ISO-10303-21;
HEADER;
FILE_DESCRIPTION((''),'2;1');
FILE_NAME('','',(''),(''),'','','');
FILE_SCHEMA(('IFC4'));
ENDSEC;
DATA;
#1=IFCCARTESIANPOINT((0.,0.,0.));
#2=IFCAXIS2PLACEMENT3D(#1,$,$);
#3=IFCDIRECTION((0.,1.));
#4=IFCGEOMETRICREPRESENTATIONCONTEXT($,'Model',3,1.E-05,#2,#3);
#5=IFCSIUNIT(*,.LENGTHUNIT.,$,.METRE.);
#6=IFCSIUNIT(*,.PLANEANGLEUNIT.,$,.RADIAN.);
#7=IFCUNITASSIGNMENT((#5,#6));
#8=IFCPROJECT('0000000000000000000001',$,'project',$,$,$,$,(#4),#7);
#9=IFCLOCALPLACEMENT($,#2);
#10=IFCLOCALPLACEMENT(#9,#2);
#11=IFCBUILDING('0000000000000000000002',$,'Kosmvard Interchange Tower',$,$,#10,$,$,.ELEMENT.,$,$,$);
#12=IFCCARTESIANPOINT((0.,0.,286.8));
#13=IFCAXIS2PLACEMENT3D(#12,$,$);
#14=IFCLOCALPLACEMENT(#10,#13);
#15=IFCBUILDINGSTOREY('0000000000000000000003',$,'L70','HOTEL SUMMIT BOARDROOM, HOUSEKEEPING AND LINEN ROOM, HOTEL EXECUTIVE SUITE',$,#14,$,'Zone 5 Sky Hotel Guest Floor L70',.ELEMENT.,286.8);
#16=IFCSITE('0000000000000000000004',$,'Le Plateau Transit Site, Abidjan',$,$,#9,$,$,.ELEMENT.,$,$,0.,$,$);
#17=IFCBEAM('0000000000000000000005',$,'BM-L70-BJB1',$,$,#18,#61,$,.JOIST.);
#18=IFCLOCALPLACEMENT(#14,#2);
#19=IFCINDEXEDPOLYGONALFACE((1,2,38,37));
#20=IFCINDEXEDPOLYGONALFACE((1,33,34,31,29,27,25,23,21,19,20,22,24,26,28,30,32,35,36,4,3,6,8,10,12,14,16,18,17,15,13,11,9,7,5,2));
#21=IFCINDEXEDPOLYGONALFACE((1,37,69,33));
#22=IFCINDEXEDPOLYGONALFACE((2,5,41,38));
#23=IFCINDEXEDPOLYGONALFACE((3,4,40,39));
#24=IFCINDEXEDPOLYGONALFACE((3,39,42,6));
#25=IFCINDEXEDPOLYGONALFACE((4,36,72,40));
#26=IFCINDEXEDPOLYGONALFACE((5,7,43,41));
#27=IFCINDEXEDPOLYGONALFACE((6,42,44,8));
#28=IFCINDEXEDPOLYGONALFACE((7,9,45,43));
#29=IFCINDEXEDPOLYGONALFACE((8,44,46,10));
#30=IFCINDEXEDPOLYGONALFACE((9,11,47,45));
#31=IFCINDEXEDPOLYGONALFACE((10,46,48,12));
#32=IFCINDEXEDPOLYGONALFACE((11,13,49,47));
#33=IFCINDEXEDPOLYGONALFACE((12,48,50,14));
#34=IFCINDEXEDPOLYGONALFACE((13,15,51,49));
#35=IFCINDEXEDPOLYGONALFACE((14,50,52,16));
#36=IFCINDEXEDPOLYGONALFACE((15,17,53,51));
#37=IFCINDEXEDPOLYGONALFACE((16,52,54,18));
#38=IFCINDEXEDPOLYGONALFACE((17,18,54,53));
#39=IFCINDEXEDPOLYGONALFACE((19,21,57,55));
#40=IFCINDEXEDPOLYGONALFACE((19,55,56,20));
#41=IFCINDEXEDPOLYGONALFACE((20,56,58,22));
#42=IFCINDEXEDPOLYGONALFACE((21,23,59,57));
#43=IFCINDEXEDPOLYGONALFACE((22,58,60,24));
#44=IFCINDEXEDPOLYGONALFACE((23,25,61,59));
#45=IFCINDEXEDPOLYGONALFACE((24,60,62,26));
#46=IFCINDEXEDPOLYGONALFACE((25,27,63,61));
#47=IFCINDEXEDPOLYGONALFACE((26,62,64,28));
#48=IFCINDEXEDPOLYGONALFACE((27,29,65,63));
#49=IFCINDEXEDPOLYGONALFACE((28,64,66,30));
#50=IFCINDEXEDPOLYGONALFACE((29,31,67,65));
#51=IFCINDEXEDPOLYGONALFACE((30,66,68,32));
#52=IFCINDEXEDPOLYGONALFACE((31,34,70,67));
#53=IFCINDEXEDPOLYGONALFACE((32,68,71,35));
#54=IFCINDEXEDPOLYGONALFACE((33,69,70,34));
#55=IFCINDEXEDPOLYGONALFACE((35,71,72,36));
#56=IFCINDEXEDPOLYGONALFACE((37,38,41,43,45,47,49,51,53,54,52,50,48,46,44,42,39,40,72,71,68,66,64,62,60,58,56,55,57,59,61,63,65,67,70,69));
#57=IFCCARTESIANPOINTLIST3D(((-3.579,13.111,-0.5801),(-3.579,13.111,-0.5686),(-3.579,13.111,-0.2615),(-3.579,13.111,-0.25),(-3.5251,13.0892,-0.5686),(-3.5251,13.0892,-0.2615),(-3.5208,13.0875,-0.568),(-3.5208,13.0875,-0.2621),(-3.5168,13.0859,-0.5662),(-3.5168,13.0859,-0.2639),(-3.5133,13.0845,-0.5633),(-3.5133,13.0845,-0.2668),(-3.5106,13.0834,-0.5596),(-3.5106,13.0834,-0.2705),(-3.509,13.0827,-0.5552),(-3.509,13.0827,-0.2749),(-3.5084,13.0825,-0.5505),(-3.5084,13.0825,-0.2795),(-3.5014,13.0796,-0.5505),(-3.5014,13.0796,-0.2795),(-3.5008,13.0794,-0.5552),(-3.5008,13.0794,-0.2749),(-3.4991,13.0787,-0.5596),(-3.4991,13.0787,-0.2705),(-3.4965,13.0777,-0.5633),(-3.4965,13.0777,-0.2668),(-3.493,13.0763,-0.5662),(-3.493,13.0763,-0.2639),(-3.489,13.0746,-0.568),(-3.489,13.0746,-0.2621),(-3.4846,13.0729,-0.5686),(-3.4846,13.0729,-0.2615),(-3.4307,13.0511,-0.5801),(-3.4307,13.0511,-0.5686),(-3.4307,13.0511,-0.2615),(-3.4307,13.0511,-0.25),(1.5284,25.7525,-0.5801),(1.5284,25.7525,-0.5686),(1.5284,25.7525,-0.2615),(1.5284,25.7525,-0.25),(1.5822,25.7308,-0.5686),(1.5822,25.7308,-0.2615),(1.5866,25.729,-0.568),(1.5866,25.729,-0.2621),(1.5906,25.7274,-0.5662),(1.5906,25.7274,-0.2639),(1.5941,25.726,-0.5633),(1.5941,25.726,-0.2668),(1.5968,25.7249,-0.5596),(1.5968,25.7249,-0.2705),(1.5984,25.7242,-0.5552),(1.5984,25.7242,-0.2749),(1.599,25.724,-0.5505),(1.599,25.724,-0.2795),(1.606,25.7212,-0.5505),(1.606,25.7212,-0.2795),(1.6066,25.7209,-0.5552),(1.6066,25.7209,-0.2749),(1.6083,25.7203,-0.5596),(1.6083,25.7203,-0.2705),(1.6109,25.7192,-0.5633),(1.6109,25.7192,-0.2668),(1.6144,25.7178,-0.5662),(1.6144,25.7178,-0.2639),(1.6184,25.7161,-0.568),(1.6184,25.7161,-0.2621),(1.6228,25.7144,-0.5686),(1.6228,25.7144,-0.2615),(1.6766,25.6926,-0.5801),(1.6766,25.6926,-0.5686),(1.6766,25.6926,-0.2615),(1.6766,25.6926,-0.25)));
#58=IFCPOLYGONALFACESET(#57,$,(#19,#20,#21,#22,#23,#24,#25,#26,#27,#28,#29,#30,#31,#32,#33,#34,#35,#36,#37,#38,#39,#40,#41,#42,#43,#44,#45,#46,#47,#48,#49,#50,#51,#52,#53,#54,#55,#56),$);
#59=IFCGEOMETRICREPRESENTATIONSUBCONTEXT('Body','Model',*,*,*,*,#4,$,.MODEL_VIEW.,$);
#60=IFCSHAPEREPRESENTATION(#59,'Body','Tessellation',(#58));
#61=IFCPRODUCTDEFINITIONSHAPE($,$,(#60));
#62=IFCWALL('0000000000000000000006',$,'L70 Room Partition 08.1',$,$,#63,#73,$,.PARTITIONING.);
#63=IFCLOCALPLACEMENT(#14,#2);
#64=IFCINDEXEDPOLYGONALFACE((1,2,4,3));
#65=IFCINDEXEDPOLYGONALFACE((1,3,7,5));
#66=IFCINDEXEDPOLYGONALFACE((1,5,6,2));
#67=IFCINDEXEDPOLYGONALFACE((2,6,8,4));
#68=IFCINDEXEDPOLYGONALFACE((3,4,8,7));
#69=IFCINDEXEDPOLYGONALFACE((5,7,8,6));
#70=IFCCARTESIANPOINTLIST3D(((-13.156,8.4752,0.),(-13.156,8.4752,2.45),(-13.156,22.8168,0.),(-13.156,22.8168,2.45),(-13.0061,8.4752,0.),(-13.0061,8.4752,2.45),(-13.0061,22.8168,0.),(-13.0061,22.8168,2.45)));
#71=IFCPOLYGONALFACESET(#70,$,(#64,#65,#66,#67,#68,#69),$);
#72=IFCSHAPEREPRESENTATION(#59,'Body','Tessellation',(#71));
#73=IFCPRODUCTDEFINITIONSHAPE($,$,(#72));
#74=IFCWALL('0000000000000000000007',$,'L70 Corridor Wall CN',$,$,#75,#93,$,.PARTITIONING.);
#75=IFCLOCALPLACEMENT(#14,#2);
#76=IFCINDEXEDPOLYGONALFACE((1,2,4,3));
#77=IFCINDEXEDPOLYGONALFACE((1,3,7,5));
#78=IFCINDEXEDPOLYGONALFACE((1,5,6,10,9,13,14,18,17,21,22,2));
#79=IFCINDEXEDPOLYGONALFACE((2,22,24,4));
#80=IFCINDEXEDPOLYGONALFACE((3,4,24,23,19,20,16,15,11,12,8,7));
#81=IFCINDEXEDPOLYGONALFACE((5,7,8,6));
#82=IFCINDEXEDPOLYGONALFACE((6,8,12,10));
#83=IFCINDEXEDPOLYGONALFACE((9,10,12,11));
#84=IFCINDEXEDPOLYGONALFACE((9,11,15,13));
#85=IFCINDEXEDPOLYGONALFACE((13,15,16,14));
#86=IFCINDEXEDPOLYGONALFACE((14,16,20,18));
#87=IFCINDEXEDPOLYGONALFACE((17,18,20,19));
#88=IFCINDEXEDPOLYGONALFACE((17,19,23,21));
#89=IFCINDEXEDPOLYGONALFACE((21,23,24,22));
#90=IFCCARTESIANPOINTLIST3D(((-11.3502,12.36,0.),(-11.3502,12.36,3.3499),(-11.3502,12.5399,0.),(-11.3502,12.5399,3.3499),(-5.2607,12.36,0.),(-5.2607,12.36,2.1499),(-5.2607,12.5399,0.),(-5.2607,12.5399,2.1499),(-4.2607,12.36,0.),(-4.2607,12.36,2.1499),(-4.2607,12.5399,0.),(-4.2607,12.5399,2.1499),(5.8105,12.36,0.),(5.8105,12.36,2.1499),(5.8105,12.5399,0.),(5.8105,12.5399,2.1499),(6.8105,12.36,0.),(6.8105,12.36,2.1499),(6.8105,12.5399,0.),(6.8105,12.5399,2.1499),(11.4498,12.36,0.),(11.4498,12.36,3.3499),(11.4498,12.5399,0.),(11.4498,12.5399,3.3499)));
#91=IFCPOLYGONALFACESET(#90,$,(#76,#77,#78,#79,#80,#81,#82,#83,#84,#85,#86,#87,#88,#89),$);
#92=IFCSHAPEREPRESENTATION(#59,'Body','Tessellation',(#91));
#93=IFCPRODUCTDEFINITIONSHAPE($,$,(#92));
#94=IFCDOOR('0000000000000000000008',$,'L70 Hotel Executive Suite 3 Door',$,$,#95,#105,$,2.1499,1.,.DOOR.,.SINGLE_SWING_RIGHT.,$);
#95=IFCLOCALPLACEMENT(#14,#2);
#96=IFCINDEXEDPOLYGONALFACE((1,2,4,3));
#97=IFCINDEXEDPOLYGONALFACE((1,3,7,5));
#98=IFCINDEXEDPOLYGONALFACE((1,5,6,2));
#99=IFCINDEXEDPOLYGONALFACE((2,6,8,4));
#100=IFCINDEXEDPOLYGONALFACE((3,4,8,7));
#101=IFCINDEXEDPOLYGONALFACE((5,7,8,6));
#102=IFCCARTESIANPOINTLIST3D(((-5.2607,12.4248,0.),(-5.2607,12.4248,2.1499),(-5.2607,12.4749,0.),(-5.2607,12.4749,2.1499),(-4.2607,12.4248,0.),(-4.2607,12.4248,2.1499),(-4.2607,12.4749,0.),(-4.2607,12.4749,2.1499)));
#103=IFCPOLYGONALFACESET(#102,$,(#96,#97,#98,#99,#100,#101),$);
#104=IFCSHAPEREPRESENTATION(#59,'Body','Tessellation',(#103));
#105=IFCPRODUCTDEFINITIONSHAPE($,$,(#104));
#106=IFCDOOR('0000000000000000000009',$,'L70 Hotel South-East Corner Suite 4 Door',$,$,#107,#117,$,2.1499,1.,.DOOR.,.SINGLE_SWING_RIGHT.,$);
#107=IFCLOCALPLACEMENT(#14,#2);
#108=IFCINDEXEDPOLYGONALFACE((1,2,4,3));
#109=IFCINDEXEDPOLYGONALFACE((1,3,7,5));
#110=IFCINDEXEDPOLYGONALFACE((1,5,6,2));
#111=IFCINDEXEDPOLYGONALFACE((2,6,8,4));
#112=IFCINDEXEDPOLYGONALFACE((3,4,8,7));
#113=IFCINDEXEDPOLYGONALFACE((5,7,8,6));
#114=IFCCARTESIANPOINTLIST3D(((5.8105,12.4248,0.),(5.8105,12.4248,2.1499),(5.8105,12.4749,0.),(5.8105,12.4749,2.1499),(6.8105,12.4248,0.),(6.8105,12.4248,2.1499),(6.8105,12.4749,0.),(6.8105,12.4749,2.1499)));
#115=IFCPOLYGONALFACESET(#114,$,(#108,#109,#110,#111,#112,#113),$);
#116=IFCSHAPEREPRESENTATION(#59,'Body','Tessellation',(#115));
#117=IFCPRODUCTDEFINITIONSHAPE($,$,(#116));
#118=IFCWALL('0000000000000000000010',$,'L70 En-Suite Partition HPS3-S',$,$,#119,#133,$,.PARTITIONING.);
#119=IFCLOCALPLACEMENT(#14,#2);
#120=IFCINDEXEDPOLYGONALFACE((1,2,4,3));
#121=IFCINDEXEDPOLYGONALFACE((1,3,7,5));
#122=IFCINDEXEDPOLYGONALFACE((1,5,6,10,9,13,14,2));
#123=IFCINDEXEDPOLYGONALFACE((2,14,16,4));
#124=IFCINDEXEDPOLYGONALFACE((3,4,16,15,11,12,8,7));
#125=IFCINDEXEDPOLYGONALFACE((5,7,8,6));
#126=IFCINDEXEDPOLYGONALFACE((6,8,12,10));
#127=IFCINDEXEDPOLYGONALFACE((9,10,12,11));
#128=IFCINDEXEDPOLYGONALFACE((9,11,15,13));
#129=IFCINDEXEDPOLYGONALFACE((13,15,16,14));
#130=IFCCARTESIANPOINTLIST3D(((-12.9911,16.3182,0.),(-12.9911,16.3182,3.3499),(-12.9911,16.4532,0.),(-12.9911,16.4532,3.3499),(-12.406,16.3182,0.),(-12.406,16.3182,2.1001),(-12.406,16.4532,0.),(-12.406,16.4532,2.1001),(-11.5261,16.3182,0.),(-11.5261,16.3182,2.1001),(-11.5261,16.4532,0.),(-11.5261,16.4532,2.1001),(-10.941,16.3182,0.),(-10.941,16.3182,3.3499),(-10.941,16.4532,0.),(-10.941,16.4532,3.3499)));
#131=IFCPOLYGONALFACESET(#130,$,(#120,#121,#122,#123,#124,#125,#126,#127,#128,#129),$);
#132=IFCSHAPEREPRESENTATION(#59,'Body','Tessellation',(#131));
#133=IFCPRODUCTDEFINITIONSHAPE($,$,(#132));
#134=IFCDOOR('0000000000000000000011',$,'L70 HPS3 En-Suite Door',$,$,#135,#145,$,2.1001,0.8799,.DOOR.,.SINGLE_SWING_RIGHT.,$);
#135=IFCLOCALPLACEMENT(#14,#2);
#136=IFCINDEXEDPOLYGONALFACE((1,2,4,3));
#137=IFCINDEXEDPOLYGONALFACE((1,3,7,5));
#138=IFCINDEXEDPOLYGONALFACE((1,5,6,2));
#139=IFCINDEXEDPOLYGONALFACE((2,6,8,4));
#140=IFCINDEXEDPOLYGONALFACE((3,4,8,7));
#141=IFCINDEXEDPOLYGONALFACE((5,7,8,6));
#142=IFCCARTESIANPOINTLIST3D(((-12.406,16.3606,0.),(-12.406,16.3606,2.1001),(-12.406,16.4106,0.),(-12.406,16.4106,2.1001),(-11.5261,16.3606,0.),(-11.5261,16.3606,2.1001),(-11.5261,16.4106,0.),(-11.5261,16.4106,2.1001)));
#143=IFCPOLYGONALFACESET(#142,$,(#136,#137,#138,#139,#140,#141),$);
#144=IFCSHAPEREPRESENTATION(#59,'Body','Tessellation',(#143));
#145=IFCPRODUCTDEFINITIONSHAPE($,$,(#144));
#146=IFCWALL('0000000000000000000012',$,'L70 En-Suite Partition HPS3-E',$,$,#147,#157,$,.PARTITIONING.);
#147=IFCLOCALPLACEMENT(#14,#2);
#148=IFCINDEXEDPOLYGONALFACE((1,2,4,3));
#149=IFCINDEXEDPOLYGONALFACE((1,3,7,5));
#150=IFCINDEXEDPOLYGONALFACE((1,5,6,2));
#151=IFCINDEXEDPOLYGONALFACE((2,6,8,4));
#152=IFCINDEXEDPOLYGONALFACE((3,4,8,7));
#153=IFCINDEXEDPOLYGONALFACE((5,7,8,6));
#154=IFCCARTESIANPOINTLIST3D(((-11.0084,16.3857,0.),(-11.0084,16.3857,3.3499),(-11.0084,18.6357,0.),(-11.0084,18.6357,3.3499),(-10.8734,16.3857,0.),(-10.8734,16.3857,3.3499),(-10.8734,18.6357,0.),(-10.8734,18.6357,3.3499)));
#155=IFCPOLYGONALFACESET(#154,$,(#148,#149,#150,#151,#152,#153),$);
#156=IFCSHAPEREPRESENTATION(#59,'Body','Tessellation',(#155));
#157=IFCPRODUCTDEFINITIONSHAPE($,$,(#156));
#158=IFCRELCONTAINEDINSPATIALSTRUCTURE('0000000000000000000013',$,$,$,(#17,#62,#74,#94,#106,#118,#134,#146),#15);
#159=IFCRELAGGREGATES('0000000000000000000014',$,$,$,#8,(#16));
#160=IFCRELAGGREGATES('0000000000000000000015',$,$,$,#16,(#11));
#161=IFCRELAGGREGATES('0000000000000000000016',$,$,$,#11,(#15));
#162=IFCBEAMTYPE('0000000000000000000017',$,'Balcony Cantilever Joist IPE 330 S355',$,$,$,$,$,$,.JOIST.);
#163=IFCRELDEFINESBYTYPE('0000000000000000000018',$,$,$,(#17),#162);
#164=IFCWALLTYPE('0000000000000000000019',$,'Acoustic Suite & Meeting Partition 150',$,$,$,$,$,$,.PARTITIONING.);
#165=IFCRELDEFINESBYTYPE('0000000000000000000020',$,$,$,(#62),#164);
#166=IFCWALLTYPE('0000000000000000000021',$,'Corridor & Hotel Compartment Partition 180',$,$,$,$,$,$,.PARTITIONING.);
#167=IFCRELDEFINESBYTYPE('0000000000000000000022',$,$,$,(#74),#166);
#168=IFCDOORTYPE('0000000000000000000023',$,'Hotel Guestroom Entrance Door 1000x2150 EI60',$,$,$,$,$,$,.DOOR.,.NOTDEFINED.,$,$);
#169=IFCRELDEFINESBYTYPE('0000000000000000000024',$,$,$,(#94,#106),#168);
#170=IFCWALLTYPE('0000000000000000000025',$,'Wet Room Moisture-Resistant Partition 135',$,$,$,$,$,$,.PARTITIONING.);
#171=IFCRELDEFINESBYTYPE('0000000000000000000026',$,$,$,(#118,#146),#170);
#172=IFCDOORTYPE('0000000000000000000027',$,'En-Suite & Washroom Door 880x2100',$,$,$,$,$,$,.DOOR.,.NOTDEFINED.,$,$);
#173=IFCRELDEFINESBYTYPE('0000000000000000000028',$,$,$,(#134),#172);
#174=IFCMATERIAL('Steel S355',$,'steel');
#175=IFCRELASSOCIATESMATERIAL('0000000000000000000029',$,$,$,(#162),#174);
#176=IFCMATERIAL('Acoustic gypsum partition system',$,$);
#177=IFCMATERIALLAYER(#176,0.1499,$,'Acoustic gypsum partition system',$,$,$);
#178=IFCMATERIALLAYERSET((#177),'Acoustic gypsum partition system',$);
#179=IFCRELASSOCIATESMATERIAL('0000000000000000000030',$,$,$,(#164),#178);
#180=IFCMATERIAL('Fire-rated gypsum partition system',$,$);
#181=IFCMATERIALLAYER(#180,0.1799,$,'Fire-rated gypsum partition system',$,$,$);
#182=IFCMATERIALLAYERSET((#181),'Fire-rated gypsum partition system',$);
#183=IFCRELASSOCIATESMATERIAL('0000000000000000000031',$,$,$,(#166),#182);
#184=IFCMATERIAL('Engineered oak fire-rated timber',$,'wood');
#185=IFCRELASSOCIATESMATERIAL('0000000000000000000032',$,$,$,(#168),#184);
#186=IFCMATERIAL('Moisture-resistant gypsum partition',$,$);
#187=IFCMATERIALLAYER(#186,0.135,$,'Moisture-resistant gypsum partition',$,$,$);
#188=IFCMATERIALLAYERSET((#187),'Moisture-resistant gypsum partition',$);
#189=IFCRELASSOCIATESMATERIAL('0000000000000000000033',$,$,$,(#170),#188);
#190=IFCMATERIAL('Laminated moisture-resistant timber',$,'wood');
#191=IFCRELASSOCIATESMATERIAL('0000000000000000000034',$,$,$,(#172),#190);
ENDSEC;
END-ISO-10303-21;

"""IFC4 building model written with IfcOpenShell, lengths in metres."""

from ifc_helpers import new_model, si_unit, direction, frame, frame_2d, origin, origin_2d, place, context, subcontext, project, spatial, rectangle, i_section, extrude, source, transform, mapped, material, layer, layer_set, material_profile, profile_set, type_object, element, fill, save


model = new_model("IFC4")

# Units and contexts
model_context = context("Model", 3, precision=1e-05, world=origin(), true_north=direction((0.0, 1.0)))
body_context = subcontext(model_context, "Body", "Model", "MODEL_VIEW")
ifc_project = project(units=[si_unit("LENGTHUNIT", "METRE"), si_unit("PLANEANGLEUNIT", "RADIAN")], contexts=[model_context])

# Site, building, storey
site_placement = place(None, origin())
site = spatial("IfcSite", under=ifc_project, at=site_placement, Name="Le Plateau Transit Site, Abidjan", CompositionType="ELEMENT", RefElevation=0.0)
building_placement = place(site_placement, origin())
building = spatial("IfcBuilding", under=site, at=building_placement, Name="Kosmvard Interchange Tower", CompositionType="ELEMENT")
storey_placement = place(building_placement, frame((0.0, 0.0, 286.8)))
storey = spatial("IfcBuildingStorey", under=building, at=storey_placement, Name="L70", Description="HOTEL SUMMIT BOARDROOM, HOUSEKEEPING AND LINEN ROOM, HOTEL EXECUTIVE SUITE", LongName="Zone 5 Sky Hotel Guest Floor L70", CompositionType="ELEMENT", Elevation=286.8)

# Beam
ifc_material_1 = material(Name="Steel S355", Category="steel")
ifc_material_profile_1 = material_profile(ifc_material_1, i_section(OverallWidth=0.1599, OverallDepth=0.3301, WebThickness=0.0076, FlangeThickness=0.0115, FilletRadius=0.0181, at=origin_2d()), Name="IPE 330")
ifc_profile_set_1 = profile_set([ifc_material_profile_1], Name="Steel S355")
beam_type_1 = type_object("IfcBeamType", Name="Balcony Cantilever Joist IPE 330 S355", PredefinedType="JOIST", material=ifc_profile_set_1)
shared_shape_1 = source(origin(), body_context, "Body", "SweptSolid", [
    extrude(i_section(OverallWidth=0.1599, OverallDepth=0.3301, WebThickness=0.0076, FlangeThickness=0.0115, FilletRadius=0.0181, at=origin_2d()), origin(), (0.0, 0.0, 1.0), 13.6343),
])
beam_1_placement = place(storey_placement, frame((-3.5049, 13.0811, -0.415), z_axis=(0.374599, 0.927187, 0.0), x_axis=(-0.927187, 0.374599, 0.0)))
element("IfcBeam", 1, at=beam_1_placement, inside=storey, type_object=beam_type_1, Name="BM-L70-BJB1", PredefinedType="JOIST", context=body_context, shape_type="MappedRepresentation", body=[
    mapped(shared_shape_1, transform((0.0, 0.0, 0.0), scale=1.0)),
])

# Wall
ifc_material_2 = material(Name="Acoustic gypsum partition system")
ifc_layer_1 = layer(ifc_material_2, 0.1499, Name="Acoustic gypsum partition system")
ifc_layer_set_1 = layer_set([ifc_layer_1], Name="Acoustic gypsum partition system")
wall_type_1 = type_object("IfcWallType", Name="Acoustic Suite & Meeting Partition 150", PredefinedType="PARTITIONING", material=ifc_layer_set_1)
wall_1_placement = place(storey_placement, frame((-13.0811, 8.4751, 0.0), z_axis=(0.0, 0.0, 1.0), x_axis=(0.0, 1.0, 0.0)))
element("IfcWall", 2, at=wall_1_placement, inside=storey, type_object=wall_type_1, Name="L70 Room Partition 08.1", PredefinedType="PARTITIONING", context=body_context, shape_type="SweptSolid", body=[
    extrude(rectangle(XDim=14.3416, YDim=0.1499, at=frame_2d((7.1709, 0.0))), origin(), (0.0, 0.0, 1.0), 2.45),
])

# Wall, openings, doors
ifc_material_3 = material(Name="Fire-rated gypsum partition system")
ifc_layer_2 = layer(ifc_material_3, 0.1799, Name="Fire-rated gypsum partition system")
ifc_layer_set_2 = layer_set([ifc_layer_2], Name="Fire-rated gypsum partition system")
wall_type_2 = type_object("IfcWallType", Name="Corridor & Hotel Compartment Partition 180", PredefinedType="PARTITIONING", material=ifc_layer_set_2)
wall_2_placement = place(storey_placement, frame((-11.3501, 12.45, 0.0), z_axis=(0.0, 0.0, 1.0), x_axis=(1.0, 0.0, 0.0)))
wall_2 = element("IfcWall", 3, at=wall_2_placement, inside=storey, type_object=wall_type_2, Name="L70 Corridor Wall CN", PredefinedType="PARTITIONING", context=body_context, shape_type="SweptSolid", body=[
    extrude(rectangle(XDim=22.8, YDim=0.1799, at=frame_2d((11.3999, 0.0))), origin(), (0.0, 0.0, 1.0), 3.3499),
])
opening_1_placement = place(wall_2_placement, frame((6.0894, 0.0, 0.0)))
opening_1 = element("IfcOpeningElement", 4, at=opening_1_placement, cuts=wall_2, PredefinedType="OPENING", context=body_context, shape_type="SweptSolid", body=[
    extrude(rectangle(XDim=1.0, YDim=2.1499, at=frame_2d((0.5, 1.075))), frame((0.0, 0.1001, 0.0), z_axis=(0.0, -1.0, 0.0), x_axis=(1.0, 0.0, 0.0)), (0.0, 0.0, 1.0), 0.2),
])
opening_2_placement = place(wall_2_placement, frame((17.1606, 0.0, 0.0)))
opening_2 = element("IfcOpeningElement", 5, at=opening_2_placement, cuts=wall_2, PredefinedType="OPENING", context=body_context, shape_type="SweptSolid", body=[
    extrude(rectangle(XDim=1.0, YDim=2.1499, at=frame_2d((0.5, 1.075))), frame((0.0, 0.1001, 0.0), z_axis=(0.0, -1.0, 0.0), x_axis=(1.0, 0.0, 0.0)), (0.0, 0.0, 1.0), 0.2),
])
ifc_material_4 = material(Name="Engineered oak fire-rated timber", Category="wood")
door_type_1 = type_object("IfcDoorType", Name="Hotel Guestroom Entrance Door 1000x2150 EI60", OperationType="NOTDEFINED", PredefinedType="DOOR", material=ifc_material_4)
shared_shape_2 = source(origin(), body_context, "Body", "SweptSolid", [
    extrude(rectangle(XDim=1.0, YDim=2.1499, at=frame_2d((0.5, 1.075))), frame((0.0, 0.0249, 0.0), z_axis=(0.0, -1.0, 0.0), x_axis=(1.0, 0.0, 0.0)), (0.0, 0.0, 1.0), 0.05),
])
door_1_placement = place(opening_1_placement, origin())
door_1 = element("IfcDoor", 6, at=door_1_placement, inside=storey, type_object=door_type_1, Name="L70 Hotel Executive Suite 3 Door", OperationType="SINGLE_SWING_RIGHT", OverallHeight=2.1499, OverallWidth=1.0, PredefinedType="DOOR", context=body_context, shape_type="MappedRepresentation", body=[
    mapped(shared_shape_2, transform((0.0, 0.0, 0.0), scale=1.0)),
])
fill(opening_1, door_1)
door_2_placement = place(opening_2_placement, origin())
door_2 = element("IfcDoor", 7, at=door_2_placement, inside=storey, type_object=door_type_1, Name="L70 Hotel South-East Corner Suite 4 Door", OperationType="SINGLE_SWING_RIGHT", OverallHeight=2.1499, OverallWidth=1.0, PredefinedType="DOOR", context=body_context, shape_type="MappedRepresentation", body=[
    mapped(shared_shape_2, transform((0.0, 0.0, 0.0), scale=1.0)),
])
fill(opening_2, door_2)

# Wall, opening, door
ifc_material_5 = material(Name="Moisture-resistant gypsum partition")
ifc_layer_3 = layer(ifc_material_5, 0.135, Name="Moisture-resistant gypsum partition")
ifc_layer_set_3 = layer_set([ifc_layer_3], Name="Moisture-resistant gypsum partition")
wall_type_3 = type_object("IfcWallType", Name="Wet Room Moisture-Resistant Partition 135", PredefinedType="PARTITIONING", material=ifc_layer_set_3)
wall_3_placement = place(storey_placement, frame((-12.991, 16.3857, 0.0), z_axis=(0.0, 0.0, 1.0), x_axis=(1.0, 0.0, 0.0)))
wall_3 = element("IfcWall", 8, at=wall_3_placement, inside=storey, type_object=wall_type_3, Name="L70 En-Suite Partition HPS3-S", PredefinedType="PARTITIONING", context=body_context, shape_type="SweptSolid", body=[
    extrude(rectangle(XDim=2.05, YDim=0.135, at=frame_2d((1.0249, 0.0))), origin(), (0.0, 0.0, 1.0), 3.3499),
])
opening_3_placement = place(wall_3_placement, frame((0.585, 0.0, 0.0)))
opening_3 = element("IfcOpeningElement", 9, at=opening_3_placement, cuts=wall_3, PredefinedType="OPENING", context=body_context, shape_type="SweptSolid", body=[
    extrude(rectangle(XDim=0.8799, YDim=2.1001, at=frame_2d((0.4399, 1.05))), frame((0.0, 0.0776, 0.0), z_axis=(0.0, -1.0, 0.0), x_axis=(1.0, 0.0, 0.0)), (0.0, 0.0, 1.0), 0.155),
])
ifc_material_6 = material(Name="Laminated moisture-resistant timber", Category="wood")
door_type_2 = type_object("IfcDoorType", Name="En-Suite & Washroom Door 880x2100", OperationType="NOTDEFINED", PredefinedType="DOOR", material=ifc_material_6)
shared_shape_3 = source(origin(), body_context, "Body", "SweptSolid", [
    extrude(rectangle(XDim=0.8799, YDim=2.1001, at=frame_2d((0.4399, 1.05))), frame((0.0, 0.0249, 0.0), z_axis=(0.0, -1.0, 0.0), x_axis=(1.0, 0.0, 0.0)), (0.0, 0.0, 1.0), 0.05),
])
door_3_placement = place(opening_3_placement, origin())
door_3 = element("IfcDoor", 10, at=door_3_placement, inside=storey, type_object=door_type_2, Name="L70 HPS3 En-Suite Door", OperationType="SINGLE_SWING_RIGHT", OverallHeight=2.1001, OverallWidth=0.8799, PredefinedType="DOOR", context=body_context, shape_type="MappedRepresentation", body=[
    mapped(shared_shape_3, transform((0.0, 0.0, 0.0), scale=1.0)),
])
fill(opening_3, door_3)

# Wall
wall_4_placement = place(storey_placement, frame((-10.9409, 16.3857, 0.0), z_axis=(0.0, 0.0, 1.0), x_axis=(0.0, 1.0, 0.0)))
element("IfcWall", 11, at=wall_4_placement, inside=storey, type_object=wall_type_3, Name="L70 En-Suite Partition HPS3-E", PredefinedType="PARTITIONING", context=body_context, shape_type="SweptSolid", body=[
    extrude(rectangle(XDim=2.25, YDim=0.135, at=frame_2d((1.125, 0.0))), origin(), (0.0, 0.0, 1.0), 3.3499),
])

save(model, "model.ifc")
